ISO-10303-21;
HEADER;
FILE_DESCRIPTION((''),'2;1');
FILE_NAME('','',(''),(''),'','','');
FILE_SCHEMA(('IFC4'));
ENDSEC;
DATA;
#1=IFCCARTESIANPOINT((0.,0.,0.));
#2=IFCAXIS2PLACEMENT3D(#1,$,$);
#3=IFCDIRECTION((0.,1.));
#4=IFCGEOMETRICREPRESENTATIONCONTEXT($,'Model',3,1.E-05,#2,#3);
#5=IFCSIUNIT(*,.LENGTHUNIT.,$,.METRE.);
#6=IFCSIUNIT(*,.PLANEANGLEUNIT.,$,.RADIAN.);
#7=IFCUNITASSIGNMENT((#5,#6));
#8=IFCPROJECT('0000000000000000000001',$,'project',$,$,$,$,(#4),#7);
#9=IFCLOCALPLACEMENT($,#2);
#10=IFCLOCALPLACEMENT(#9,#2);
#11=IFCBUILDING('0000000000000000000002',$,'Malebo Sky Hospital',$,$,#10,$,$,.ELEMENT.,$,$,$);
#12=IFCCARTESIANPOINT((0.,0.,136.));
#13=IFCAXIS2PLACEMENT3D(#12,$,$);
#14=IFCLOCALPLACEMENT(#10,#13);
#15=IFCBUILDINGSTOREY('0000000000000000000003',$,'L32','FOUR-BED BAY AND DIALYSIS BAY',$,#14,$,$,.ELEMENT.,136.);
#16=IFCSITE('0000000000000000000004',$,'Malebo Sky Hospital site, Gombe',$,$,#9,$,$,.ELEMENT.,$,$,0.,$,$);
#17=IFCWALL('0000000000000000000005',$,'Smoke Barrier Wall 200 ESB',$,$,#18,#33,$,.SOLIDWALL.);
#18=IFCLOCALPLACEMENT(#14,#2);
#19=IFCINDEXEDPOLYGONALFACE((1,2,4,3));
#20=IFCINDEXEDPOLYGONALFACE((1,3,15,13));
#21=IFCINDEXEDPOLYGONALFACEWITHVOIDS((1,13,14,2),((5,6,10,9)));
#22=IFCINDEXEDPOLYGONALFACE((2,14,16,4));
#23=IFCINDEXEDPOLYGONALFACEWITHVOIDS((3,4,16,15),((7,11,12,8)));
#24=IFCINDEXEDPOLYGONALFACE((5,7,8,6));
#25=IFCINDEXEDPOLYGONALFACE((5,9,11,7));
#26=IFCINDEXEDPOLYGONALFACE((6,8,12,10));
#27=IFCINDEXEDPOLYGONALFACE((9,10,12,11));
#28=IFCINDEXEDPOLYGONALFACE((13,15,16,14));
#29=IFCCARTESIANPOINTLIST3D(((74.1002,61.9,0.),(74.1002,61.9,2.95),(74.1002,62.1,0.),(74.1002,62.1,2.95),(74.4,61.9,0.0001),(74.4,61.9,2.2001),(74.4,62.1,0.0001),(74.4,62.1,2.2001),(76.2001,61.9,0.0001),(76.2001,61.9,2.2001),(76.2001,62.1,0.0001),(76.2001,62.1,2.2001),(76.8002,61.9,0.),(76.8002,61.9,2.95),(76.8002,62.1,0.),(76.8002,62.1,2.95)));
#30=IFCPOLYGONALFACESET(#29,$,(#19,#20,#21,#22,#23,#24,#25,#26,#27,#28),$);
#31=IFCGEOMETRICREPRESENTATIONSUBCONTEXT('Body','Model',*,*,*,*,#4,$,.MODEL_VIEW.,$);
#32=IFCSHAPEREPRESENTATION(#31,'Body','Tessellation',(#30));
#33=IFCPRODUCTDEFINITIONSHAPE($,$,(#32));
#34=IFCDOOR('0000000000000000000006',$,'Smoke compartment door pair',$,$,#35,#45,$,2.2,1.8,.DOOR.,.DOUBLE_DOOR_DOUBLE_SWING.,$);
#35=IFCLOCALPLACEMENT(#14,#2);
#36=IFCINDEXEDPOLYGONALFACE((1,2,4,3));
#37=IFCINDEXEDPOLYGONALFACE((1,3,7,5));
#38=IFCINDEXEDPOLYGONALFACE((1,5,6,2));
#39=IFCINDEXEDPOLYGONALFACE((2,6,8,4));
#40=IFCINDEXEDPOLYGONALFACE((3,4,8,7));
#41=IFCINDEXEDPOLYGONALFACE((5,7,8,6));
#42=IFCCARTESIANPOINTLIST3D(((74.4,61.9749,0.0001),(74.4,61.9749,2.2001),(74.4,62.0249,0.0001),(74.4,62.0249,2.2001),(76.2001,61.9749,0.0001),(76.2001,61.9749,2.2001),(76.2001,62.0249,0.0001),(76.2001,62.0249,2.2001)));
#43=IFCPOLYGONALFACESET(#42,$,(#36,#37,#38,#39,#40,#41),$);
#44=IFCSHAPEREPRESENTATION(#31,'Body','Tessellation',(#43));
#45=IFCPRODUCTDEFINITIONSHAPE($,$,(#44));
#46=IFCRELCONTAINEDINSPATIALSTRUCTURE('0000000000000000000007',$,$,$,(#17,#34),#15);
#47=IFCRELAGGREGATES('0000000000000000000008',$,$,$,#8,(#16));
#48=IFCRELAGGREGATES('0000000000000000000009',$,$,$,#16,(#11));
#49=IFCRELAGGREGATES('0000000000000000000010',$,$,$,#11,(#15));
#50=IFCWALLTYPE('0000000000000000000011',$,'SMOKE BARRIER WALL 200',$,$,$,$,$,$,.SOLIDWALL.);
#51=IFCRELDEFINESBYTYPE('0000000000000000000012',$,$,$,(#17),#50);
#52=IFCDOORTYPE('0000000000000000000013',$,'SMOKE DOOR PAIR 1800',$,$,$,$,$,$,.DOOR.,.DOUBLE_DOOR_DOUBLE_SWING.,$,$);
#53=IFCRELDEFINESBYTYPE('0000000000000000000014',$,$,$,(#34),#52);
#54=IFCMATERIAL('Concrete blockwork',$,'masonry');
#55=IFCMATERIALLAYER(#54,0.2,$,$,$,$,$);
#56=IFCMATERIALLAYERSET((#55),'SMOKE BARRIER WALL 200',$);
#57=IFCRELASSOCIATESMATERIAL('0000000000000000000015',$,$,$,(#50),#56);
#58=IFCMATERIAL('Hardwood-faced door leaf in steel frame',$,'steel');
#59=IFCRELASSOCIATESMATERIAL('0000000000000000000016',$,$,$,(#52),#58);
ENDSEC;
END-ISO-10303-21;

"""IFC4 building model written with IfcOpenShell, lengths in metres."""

from ifc_helpers import new_model, si_unit, direction, frame, frame_2d, origin, place, context, subcontext, project, spatial, rectangle, extrude, material, layer, layer_set, type_object, element, fill, save


model = new_model("IFC4")

# Units and contexts
model_context = context("Model", 3, precision=1e-05, world=origin(), true_north=direction((0.0, 1.0)))
body_context = subcontext(model_context, "Body", "Model", "MODEL_VIEW")
ifc_project = project(units=[si_unit("LENGTHUNIT", "METRE"), si_unit("PLANEANGLEUNIT", "RADIAN")], contexts=[model_context])

# Site, building, storey
site_placement = place(None, origin())
site = spatial("IfcSite", under=ifc_project, at=site_placement, Name="Malebo Sky Hospital site, Gombe", CompositionType="ELEMENT", RefElevation=0.0)
building_placement = place(site_placement, origin())
building = spatial("IfcBuilding", under=site, at=building_placement, Name="Malebo Sky Hospital", CompositionType="ELEMENT")
storey_placement = place(building_placement, frame((0.0, 0.0, 136.0)))
storey = spatial("IfcBuildingStorey", under=building, at=storey_placement, Name="L32", Description="FOUR-BED BAY AND DIALYSIS BAY", CompositionType="ELEMENT", Elevation=136.0)

# Shared definitions
ifc_material_1 = material(Name="Hardwood-faced door leaf in steel frame", Category="steel")

# Shared definitions
ifc_material_2 = material(Name="Concrete blockwork", Category="masonry")
ifc_layer_1 = layer(ifc_material_2, 0.2)
ifc_layer_set_1 = layer_set([ifc_layer_1], Name="SMOKE BARRIER WALL 200")
wall_type_1 = type_object("IfcWallType", Name="SMOKE BARRIER WALL 200", PredefinedType="SOLIDWALL", material=ifc_layer_set_1)

# Wall, opening, door
wall_1_placement = place(storey_placement, frame((74.1001, 62.0, 0.0), z_axis=(0.0, 0.0, 1.0), x_axis=(1.0, 0.0, 0.0)))
wall_1 = element("IfcWall", 1, at=wall_1_placement, inside=storey, type_object=wall_type_1, Name="Smoke Barrier Wall 200 ESB", PredefinedType="SOLIDWALL", context=body_context, shape_type="SweptSolid", body=[
    extrude(rectangle(XDim=2.7, YDim=0.2, at=frame_2d((1.3501, 0.0))), origin(), (0.0, 0.0, 1.0), 2.95),
])
opening_1_placement = place(wall_1_placement, frame((0.3, 0.0, 0.0)))
opening_1 = element("IfcOpeningElement", 2, at=opening_1_placement, cuts=wall_1, PredefinedType="OPENING", context=body_context, shape_type="SweptSolid", body=[
    extrude(rectangle(XDim=1.8, YDim=2.2, at=frame_2d((0.8999, 1.1001))), frame((0.0, 0.1099, 0.0), z_axis=(0.0, -1.0, 0.0), x_axis=(1.0, 0.0, 0.0)), (0.0, 0.0, 1.0), 0.22),
])
door_type_1 = type_object("IfcDoorType", Name="SMOKE DOOR PAIR 1800", OperationType="DOUBLE_DOOR_DOUBLE_SWING", PredefinedType="DOOR", material=ifc_material_1)
door_1_placement = place(opening_1_placement, origin())
door_1 = element("IfcDoor", 3, at=door_1_placement, inside=storey, type_object=door_type_1, Name="Smoke compartment door pair", OperationType="DOUBLE_DOOR_DOUBLE_SWING", OverallHeight=2.2, OverallWidth=1.8, PredefinedType="DOOR", context=body_context, shape_type="SweptSolid", body=[
    extrude(rectangle(XDim=1.8, YDim=2.2, at=frame_2d((0.8999, 1.1001))), frame((0.0, 0.0249, 0.0), z_axis=(0.0, -1.0, 0.0), x_axis=(1.0, 0.0, 0.0)), (0.0, 0.0, 1.0), 0.05),
])
fill(opening_1, door_1)

save(model, "model.ifc")
